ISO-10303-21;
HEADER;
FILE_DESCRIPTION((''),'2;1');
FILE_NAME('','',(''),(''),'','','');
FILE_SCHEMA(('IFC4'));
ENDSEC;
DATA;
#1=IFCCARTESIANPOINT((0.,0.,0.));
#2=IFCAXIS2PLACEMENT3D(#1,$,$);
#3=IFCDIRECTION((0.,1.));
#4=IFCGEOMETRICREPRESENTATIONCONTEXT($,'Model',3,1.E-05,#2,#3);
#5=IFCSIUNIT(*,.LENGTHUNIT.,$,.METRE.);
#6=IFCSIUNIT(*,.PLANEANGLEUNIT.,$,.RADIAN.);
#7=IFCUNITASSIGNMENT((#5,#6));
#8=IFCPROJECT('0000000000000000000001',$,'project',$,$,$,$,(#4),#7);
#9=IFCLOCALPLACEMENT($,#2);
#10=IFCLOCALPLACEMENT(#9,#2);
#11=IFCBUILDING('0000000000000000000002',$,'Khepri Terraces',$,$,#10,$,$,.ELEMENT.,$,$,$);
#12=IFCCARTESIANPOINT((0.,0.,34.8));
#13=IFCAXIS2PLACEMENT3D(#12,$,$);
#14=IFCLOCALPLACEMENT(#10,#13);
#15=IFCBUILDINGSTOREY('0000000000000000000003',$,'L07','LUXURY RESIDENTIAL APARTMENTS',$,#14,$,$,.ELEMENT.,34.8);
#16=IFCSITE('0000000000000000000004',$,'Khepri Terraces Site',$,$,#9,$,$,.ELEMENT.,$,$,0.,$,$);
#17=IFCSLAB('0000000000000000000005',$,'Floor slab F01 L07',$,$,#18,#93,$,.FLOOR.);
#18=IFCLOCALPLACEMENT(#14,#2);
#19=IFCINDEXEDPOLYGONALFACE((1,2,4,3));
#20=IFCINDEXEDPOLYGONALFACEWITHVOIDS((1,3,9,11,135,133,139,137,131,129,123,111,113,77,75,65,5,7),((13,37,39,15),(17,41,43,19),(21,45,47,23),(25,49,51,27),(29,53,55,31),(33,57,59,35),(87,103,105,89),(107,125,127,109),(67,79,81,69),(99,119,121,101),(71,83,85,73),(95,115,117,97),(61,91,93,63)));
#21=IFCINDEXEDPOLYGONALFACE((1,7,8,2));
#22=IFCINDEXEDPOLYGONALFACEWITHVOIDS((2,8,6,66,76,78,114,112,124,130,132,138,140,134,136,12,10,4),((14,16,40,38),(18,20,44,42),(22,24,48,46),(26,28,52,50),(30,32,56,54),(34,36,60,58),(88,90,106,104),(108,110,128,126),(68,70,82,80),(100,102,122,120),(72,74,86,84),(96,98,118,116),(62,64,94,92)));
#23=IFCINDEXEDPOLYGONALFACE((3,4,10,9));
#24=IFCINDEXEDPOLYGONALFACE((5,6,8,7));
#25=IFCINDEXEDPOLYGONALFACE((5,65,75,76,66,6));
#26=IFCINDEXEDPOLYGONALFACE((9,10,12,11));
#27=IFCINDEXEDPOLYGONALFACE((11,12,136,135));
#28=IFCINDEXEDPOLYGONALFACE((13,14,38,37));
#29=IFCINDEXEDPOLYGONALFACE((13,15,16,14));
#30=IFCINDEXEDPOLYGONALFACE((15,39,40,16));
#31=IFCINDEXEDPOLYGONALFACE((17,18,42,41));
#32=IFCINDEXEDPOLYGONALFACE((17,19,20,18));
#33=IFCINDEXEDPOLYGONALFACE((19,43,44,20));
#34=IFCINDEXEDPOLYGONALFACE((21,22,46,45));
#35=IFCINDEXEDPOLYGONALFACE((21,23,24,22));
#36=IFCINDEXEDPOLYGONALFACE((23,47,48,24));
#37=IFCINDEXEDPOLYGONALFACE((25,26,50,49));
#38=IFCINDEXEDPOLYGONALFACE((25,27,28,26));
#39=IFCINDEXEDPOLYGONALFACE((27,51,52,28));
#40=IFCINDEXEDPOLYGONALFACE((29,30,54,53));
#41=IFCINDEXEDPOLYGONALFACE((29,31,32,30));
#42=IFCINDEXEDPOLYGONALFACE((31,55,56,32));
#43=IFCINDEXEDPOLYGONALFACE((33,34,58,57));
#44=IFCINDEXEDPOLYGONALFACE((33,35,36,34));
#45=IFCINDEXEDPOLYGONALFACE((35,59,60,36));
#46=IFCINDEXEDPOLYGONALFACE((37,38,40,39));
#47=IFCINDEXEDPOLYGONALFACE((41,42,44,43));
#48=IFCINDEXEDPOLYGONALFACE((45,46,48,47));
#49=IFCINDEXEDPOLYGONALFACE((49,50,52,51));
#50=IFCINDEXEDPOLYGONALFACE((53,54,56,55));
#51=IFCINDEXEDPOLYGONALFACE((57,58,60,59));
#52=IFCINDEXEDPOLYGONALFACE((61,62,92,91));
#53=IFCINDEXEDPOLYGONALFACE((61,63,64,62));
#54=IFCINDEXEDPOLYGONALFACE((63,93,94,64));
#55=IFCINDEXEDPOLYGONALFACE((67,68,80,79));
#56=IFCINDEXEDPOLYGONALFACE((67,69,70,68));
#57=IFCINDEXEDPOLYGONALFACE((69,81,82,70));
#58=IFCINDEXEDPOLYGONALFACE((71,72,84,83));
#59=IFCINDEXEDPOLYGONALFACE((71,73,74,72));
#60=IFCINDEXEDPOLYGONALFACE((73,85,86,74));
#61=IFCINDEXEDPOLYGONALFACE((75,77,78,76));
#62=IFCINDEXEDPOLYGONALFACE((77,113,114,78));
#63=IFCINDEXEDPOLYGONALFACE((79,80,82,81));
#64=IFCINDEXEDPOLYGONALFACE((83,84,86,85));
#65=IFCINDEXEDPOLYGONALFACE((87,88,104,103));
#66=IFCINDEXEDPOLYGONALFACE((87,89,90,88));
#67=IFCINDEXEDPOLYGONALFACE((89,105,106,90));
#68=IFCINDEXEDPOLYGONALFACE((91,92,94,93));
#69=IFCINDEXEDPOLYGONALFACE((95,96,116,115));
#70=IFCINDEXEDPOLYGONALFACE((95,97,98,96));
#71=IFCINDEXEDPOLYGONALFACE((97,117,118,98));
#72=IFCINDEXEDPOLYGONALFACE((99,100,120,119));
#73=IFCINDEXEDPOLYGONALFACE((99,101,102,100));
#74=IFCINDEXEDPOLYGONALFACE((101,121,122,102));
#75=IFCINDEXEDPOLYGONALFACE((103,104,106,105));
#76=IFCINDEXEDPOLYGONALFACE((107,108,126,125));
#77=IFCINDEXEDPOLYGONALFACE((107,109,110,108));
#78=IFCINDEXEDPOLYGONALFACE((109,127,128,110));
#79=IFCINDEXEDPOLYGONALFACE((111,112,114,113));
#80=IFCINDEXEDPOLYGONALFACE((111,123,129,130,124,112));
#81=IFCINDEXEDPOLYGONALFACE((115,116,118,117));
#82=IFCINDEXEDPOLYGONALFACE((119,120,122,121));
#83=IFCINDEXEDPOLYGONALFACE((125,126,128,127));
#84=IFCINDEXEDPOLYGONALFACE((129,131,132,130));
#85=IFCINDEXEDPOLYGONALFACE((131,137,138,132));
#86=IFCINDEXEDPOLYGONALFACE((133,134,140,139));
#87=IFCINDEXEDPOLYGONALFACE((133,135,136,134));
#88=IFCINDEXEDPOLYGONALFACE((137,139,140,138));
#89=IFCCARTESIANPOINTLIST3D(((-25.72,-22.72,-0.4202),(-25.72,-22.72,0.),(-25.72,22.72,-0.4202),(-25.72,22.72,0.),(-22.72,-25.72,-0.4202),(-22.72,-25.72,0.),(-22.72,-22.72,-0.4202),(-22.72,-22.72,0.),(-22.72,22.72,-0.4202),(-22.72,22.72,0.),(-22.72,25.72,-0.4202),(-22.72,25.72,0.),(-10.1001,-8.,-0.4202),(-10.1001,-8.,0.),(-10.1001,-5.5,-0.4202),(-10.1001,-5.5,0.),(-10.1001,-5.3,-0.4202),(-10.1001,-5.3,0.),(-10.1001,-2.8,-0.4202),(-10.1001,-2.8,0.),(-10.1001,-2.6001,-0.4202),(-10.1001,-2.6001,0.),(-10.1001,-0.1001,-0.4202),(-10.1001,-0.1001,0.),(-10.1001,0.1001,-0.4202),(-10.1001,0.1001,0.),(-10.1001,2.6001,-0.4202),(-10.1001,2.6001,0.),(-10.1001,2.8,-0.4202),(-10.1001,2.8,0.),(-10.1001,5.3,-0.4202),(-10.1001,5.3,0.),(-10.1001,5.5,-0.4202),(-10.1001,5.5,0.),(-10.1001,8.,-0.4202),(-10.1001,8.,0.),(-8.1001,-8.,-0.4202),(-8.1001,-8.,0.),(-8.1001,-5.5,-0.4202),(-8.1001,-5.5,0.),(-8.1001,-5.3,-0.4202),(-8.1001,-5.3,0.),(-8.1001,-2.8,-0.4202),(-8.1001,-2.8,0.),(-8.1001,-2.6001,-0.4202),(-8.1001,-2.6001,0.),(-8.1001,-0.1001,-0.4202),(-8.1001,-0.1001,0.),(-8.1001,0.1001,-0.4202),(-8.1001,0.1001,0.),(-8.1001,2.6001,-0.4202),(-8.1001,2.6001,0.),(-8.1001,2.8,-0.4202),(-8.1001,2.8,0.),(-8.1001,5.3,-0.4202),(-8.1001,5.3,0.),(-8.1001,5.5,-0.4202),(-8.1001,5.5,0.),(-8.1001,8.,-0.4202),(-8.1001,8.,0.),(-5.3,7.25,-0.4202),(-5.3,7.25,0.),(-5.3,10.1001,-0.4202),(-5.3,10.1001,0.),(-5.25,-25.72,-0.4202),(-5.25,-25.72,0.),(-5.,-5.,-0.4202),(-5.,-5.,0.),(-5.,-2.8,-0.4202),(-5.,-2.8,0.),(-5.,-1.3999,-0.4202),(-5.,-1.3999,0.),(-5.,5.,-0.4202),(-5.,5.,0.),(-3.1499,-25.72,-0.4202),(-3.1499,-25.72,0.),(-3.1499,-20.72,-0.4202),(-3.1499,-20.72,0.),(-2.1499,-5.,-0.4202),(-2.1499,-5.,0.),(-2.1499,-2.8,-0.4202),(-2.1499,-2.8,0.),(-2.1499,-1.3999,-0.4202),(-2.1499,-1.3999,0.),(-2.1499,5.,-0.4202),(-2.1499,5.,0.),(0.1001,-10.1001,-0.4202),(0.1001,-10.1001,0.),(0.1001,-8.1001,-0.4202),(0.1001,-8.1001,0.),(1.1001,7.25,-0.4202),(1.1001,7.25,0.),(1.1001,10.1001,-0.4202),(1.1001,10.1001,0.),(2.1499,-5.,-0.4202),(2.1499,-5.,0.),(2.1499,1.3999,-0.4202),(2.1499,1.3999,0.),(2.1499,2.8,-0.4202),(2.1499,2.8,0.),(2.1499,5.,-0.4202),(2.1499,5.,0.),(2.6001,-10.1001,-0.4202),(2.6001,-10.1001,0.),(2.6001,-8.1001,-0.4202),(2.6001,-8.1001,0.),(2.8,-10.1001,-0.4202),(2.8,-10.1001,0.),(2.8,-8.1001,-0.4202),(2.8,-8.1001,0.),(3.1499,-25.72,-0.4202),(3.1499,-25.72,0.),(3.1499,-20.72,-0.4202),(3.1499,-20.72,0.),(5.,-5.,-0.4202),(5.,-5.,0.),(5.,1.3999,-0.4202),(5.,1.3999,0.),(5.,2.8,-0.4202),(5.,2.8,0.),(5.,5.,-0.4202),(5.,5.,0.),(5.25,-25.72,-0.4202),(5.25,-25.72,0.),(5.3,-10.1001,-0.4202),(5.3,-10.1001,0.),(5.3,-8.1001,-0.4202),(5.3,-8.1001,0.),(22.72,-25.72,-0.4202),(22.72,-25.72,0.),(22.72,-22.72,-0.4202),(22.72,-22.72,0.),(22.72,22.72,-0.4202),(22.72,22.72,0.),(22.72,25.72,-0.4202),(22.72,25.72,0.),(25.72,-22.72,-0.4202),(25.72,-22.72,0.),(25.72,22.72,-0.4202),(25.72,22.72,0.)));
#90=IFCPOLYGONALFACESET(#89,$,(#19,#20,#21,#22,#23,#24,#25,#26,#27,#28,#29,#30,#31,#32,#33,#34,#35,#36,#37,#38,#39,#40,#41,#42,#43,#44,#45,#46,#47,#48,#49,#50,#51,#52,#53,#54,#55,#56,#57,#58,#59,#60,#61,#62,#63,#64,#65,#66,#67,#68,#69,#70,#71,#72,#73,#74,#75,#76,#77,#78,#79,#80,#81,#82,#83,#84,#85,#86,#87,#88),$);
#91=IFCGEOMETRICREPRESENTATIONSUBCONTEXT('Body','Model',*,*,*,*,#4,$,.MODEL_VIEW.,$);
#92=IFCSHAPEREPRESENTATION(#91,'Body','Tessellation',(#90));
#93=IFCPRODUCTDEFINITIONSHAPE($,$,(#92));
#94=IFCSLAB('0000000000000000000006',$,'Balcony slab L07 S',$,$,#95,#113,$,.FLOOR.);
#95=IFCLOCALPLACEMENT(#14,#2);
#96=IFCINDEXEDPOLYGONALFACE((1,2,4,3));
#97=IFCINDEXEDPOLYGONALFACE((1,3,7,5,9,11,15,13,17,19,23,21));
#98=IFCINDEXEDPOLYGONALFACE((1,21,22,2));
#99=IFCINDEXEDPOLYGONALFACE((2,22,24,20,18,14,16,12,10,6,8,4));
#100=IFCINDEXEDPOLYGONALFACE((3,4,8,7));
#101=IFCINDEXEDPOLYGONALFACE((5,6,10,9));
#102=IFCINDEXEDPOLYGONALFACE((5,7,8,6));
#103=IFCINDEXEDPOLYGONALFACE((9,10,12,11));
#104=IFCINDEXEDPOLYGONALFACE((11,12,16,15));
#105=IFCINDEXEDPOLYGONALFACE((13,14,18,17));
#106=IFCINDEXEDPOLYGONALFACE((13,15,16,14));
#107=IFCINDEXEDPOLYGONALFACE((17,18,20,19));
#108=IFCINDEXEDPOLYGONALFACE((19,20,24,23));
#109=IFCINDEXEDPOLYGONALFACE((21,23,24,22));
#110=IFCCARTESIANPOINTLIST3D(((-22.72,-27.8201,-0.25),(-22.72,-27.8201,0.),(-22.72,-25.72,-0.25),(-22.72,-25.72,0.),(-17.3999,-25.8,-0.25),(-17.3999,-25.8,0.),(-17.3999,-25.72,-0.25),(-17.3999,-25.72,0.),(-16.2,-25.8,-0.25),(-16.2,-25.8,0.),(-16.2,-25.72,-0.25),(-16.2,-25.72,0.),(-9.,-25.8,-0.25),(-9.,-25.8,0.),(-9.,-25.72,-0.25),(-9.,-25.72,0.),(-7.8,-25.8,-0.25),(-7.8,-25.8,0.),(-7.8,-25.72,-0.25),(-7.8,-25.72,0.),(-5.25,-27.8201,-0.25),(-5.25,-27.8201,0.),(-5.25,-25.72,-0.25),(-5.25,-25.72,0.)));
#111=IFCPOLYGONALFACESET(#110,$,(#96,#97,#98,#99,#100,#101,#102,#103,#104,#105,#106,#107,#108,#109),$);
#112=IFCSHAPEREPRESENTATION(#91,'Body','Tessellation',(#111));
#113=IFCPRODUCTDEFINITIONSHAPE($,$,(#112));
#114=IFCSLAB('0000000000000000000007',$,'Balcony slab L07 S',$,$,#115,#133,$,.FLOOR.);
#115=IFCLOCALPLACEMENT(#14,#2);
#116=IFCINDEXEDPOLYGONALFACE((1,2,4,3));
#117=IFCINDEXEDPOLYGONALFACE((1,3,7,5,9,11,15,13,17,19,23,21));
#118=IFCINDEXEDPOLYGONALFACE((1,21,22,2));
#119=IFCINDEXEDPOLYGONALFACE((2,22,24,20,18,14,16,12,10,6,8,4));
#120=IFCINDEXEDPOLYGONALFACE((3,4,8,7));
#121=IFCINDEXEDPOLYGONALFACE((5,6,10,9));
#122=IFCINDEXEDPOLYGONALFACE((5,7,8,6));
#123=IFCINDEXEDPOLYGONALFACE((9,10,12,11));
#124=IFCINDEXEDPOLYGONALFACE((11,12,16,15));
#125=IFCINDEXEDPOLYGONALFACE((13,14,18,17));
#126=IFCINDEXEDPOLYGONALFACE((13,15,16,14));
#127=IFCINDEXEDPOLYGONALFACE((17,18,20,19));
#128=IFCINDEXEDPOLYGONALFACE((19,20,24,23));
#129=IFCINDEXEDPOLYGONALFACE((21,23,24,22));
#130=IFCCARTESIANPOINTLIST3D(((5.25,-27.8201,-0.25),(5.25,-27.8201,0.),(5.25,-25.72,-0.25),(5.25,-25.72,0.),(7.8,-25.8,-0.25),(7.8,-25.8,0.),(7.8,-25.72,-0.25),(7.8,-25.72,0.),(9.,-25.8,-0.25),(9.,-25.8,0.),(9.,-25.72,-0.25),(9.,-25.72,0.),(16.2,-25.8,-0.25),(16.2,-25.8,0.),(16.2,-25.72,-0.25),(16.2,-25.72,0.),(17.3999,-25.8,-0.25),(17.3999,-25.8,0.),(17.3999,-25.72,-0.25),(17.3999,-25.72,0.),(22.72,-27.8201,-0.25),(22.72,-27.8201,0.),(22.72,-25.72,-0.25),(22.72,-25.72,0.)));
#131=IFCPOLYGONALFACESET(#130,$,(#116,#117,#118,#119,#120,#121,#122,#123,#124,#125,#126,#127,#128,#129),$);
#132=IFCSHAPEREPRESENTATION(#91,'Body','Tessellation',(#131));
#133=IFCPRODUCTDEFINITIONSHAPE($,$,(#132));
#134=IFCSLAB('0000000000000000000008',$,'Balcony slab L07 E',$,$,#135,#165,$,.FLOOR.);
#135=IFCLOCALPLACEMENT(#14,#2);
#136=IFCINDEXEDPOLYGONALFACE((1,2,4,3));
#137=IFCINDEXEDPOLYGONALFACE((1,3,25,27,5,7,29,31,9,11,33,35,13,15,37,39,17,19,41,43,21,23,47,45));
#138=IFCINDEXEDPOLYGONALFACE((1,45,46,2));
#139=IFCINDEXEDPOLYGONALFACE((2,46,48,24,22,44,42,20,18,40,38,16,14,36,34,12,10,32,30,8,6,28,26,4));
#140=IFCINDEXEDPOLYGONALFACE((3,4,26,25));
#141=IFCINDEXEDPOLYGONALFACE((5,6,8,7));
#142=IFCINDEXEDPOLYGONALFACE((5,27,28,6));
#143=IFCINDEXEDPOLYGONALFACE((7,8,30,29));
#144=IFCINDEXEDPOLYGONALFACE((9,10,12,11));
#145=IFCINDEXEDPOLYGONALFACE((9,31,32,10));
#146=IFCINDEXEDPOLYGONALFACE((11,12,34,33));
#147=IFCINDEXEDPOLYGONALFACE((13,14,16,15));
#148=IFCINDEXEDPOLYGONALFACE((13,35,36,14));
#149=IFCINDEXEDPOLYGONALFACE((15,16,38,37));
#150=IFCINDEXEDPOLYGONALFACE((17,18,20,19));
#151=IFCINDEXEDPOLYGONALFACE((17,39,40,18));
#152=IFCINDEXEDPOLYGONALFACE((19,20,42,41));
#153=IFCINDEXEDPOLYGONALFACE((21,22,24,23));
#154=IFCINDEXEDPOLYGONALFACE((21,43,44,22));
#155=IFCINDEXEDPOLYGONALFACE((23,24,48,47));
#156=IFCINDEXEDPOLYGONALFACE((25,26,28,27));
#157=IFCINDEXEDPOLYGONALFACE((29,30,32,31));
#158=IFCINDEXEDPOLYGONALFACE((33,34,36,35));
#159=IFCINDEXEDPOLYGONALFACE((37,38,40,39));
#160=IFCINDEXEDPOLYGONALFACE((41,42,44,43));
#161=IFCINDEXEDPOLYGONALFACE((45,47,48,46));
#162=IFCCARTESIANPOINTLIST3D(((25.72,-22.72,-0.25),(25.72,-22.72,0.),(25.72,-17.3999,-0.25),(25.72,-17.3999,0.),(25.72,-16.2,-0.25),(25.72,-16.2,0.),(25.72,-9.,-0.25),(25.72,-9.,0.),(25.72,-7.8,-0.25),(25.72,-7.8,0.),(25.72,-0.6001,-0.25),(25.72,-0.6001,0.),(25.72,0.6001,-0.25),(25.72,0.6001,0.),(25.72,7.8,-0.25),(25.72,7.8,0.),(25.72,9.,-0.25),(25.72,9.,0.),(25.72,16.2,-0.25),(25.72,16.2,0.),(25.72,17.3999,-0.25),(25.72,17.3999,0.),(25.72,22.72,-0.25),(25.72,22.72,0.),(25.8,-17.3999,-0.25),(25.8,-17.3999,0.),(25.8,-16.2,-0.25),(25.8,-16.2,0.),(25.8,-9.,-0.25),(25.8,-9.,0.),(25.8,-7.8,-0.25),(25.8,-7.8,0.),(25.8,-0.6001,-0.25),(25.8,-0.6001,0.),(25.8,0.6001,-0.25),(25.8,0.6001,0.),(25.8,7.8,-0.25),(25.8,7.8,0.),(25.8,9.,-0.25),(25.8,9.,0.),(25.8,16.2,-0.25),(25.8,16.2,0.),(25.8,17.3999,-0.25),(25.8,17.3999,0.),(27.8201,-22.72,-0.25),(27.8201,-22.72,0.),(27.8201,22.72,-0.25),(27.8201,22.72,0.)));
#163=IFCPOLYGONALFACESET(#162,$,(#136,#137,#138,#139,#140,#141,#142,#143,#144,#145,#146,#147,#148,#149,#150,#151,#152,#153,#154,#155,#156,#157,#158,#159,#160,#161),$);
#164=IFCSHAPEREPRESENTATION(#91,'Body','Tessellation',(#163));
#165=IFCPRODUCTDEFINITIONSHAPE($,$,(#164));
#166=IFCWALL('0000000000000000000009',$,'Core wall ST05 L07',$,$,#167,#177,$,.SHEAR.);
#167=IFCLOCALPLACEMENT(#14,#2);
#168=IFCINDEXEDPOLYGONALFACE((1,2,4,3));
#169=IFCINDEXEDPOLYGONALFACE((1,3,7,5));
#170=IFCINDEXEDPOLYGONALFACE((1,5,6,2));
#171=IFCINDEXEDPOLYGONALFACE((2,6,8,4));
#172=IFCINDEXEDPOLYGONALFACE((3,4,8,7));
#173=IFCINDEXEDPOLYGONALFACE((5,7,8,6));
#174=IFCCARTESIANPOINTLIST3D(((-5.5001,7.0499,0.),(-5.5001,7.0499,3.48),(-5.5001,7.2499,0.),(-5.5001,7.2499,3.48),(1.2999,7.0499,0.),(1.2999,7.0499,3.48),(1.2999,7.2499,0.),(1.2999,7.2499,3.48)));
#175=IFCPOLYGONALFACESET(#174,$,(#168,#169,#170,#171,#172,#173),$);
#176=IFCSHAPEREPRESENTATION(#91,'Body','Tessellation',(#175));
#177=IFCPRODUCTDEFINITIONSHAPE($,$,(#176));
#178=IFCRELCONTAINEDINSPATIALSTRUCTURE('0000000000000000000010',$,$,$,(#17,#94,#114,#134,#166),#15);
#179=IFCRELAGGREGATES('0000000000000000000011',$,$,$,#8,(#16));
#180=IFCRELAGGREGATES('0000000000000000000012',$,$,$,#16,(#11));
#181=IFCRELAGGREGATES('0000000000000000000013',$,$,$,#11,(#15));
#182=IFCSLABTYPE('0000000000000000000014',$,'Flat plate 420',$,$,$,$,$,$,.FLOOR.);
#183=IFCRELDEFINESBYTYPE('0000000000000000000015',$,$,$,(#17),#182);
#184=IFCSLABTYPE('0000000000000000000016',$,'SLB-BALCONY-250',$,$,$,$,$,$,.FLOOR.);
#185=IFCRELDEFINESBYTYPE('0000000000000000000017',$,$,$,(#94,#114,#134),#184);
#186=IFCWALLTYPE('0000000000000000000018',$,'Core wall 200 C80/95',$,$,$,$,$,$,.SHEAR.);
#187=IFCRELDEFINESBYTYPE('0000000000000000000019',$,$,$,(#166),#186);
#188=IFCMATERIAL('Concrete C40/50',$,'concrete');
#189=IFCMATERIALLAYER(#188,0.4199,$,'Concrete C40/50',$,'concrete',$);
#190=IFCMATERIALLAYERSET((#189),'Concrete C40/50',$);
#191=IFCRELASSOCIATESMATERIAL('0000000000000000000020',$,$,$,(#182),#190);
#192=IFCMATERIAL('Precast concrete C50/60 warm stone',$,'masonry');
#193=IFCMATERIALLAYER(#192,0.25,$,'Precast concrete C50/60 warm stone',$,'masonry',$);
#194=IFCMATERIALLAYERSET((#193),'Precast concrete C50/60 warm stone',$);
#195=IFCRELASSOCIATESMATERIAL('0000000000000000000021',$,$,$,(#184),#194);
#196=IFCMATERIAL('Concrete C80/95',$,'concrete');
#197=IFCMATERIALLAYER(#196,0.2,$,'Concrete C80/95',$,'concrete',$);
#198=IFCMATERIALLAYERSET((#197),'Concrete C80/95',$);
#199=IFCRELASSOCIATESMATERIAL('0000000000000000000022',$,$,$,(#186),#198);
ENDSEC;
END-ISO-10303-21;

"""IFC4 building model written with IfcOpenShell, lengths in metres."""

from ifc_helpers import new_model, si_unit, direction, frame, frame_2d, origin, place, context, subcontext, project, spatial, polyline, rectangle, outline, extrude, material, layer, layer_set, type_object, element, save


model = new_model("IFC4")

# Units and contexts
model_context = context("Model", 3, precision=1e-05, world=origin(), true_north=direction((0.0, 1.0)))
body_context = subcontext(model_context, "Body", "Model", "MODEL_VIEW")
ifc_project = project(units=[si_unit("LENGTHUNIT", "METRE"), si_unit("PLANEANGLEUNIT", "RADIAN")], contexts=[model_context])

# Site, building, storey
site_placement = place(None, origin())
site = spatial("IfcSite", under=ifc_project, at=site_placement, Name="Khepri Terraces Site", CompositionType="ELEMENT", RefElevation=0.0)
building_placement = place(site_placement, origin())
building = spatial("IfcBuilding", under=site, at=building_placement, Name="Khepri Terraces", CompositionType="ELEMENT")
storey_placement = place(building_placement, frame((0.0, 0.0, 34.8)))
storey = spatial("IfcBuildingStorey", under=building, at=storey_placement, Name="L07", Description="LUXURY RESIDENTIAL APARTMENTS", CompositionType="ELEMENT", Elevation=34.8)

# Slabs
ifc_material_1 = material(Name="Concrete C40/50", Category="concrete")
ifc_layer_1 = layer(ifc_material_1, 0.4199, Name="Concrete C40/50", Category="concrete")
ifc_layer_set_1 = layer_set([ifc_layer_1], Name="Concrete C40/50")
slab_type_1 = type_object("IfcSlabType", Name="Flat plate 420", PredefinedType="FLOOR", material=ifc_layer_set_1)
slab_1_placement = place(storey_placement, frame((0.0, 0.0, -0.4202)))
element("IfcSlab", 1, at=slab_1_placement, inside=storey, type_object=slab_type_1, Name="Floor slab F01 L07", PredefinedType="FLOOR", context=body_context, shape_type="SweptSolid", body=[
    extrude(outline(polyline([(22.72, -25.72), (5.25, -25.72), (3.1499, -25.72), (3.1499, -20.72), (-3.1499, -20.72), (-3.1499, -25.72), (-5.25, -25.72), (-22.72, -25.72), (-22.72, -22.72), (-25.72, -22.72), (-25.72, 22.72), (-22.72, 22.72), (-22.72, 25.72), (22.72, 25.72), (22.72, 22.72), (25.72, 22.72), (25.72, -22.72), (22.72, -22.72), (22.72, -25.72)]), holes=[polyline([(5.0, 5.0), (2.1499, 5.0), (2.1499, 2.8), (5.0, 2.8), (5.0, 5.0)]), polyline([(-2.1499, -5.0), (-2.1499, -2.8), (-5.0, -2.8), (-5.0, -5.0), (-2.1499, -5.0)]), polyline([(-10.1001, -8.0), (-8.1001, -8.0), (-8.1001, -5.5), (-10.1001, -5.5), (-10.1001, -8.0)]), polyline([(-10.1001, -2.8), (-10.1001, -5.3), (-8.1001, -5.3), (-8.1001, -2.8), (-10.1001, -2.8)]), polyline([(-8.1001, -0.1001), (-10.1001, -0.1001), (-10.1001, -2.6001), (-8.1001, -2.6001), (-8.1001, -0.1001)]), polyline([(-8.1001, 0.1001), (-8.1001, 2.6001), (-10.1001, 2.6001), (-10.1001, 0.1001), (-8.1001, 0.1001)]), polyline([(-10.1001, 2.8), (-8.1001, 2.8), (-8.1001, 5.3), (-10.1001, 5.3), (-10.1001, 2.8)]), polyline([(-10.1001, 8.0), (-10.1001, 5.5), (-8.1001, 5.5), (-8.1001, 8.0), (-10.1001, 8.0)]), polyline([(2.6001, -8.1001), (0.1001, -8.1001), (0.1001, -10.1001), (2.6001, -10.1001), (2.6001, -8.1001)]), polyline([(5.3, -10.1001), (5.3, -8.1001), (2.8, -8.1001), (2.8, -10.1001), (5.3, -10.1001)]), polyline([(-5.0, -1.3999), (-2.1499, -1.3999), (-2.1499, 5.0), (-5.0, 5.0), (-5.0, -1.3999)]), polyline([(5.0, -5.0), (5.0, 1.3999), (2.1499, 1.3999), (2.1499, -5.0), (5.0, -5.0)]), polyline([(-5.3, 10.1001), (-5.3, 7.25), (1.1001, 7.25), (1.1001, 10.1001), (-5.3, 10.1001)])]), origin(), (0.0, 0.0, 1.0), 0.4202),
])
ifc_material_2 = material(Name="Precast concrete C50/60 warm stone", Category="masonry")
ifc_layer_2 = layer(ifc_material_2, 0.25, Name="Precast concrete C50/60 warm stone", Category="masonry")
ifc_layer_set_2 = layer_set([ifc_layer_2], Name="Precast concrete C50/60 warm stone")
slab_type_2 = type_object("IfcSlabType", Name="SLB-BALCONY-250", PredefinedType="FLOOR", material=ifc_layer_set_2)
slab_2_placement = place(storey_placement, frame((0.0, 0.0, -0.25)))
element("IfcSlab", 2, at=slab_2_placement, inside=storey, type_object=slab_type_2, Name="Balcony slab L07 S", PredefinedType="FLOOR", context=body_context, shape_type="SweptSolid", body=[
    extrude(outline(polyline([(-17.3999, -25.72), (-22.72, -25.72), (-22.72, -27.8201), (-5.25, -27.8201), (-5.25, -25.72), (-7.8, -25.72), (-7.8, -25.8), (-9.0, -25.8), (-9.0, -25.72), (-16.2, -25.72), (-16.2, -25.8), (-17.3999, -25.8), (-17.3999, -25.72)])), origin(), (0.0, 0.0, 1.0), 0.25),
])
slab_3_placement = place(storey_placement, frame((0.0, 0.0, -0.25)))
element("IfcSlab", 3, at=slab_3_placement, inside=storey, type_object=slab_type_2, Name="Balcony slab L07 S", PredefinedType="FLOOR", context=body_context, shape_type="SweptSolid", body=[
    extrude(outline(polyline([(7.8, -25.72), (5.25, -25.72), (5.25, -27.8201), (22.72, -27.8201), (22.72, -25.72), (17.3999, -25.72), (17.3999, -25.8), (16.2, -25.8), (16.2, -25.72), (9.0, -25.72), (9.0, -25.8), (7.8, -25.8), (7.8, -25.72)])), origin(), (0.0, 0.0, 1.0), 0.25),
])
slab_4_placement = place(storey_placement, frame((0.0, 0.0, -0.25)))
element("IfcSlab", 4, at=slab_4_placement, inside=storey, type_object=slab_type_2, Name="Balcony slab L07 E", PredefinedType="FLOOR", context=body_context, shape_type="SweptSolid", body=[
    extrude(outline(polyline([(25.72, -17.3999), (25.72, -22.72), (27.8201, -22.72), (27.8201, 22.72), (25.72, 22.72), (25.72, 17.3999), (25.8, 17.3999), (25.8, 16.2), (25.72, 16.2), (25.72, 9.0), (25.8, 9.0), (25.8, 7.8), (25.72, 7.8), (25.72, 0.6001), (25.8, 0.6001), (25.8, -0.6001), (25.72, -0.6001), (25.72, -7.8), (25.8, -7.8), (25.8, -9.0), (25.72, -9.0), (25.72, -16.2), (25.8, -16.2), (25.8, -17.3999), (25.72, -17.3999)])), origin(), (0.0, 0.0, 1.0), 0.25),
])

# Wall
ifc_material_3 = material(Name="Concrete C80/95", Category="concrete")
ifc_layer_3 = layer(ifc_material_3, 0.2, Name="Concrete C80/95", Category="concrete")
ifc_layer_set_3 = layer_set([ifc_layer_3], Name="Concrete C80/95")
wall_type_1 = type_object("IfcWallType", Name="Core wall 200 C80/95", PredefinedType="SHEAR", material=ifc_layer_set_3)
wall_1_placement = place(storey_placement, frame((-5.5, 7.1499, 0.0), z_axis=(0.0, 0.0, 1.0), x_axis=(1.0, 0.0, 0.0)))
element("IfcWall", 5, at=wall_1_placement, inside=storey, type_object=wall_type_1, Name="Core wall ST05 L07", PredefinedType="SHEAR", context=body_context, shape_type="SweptSolid", body=[
    extrude(rectangle(XDim=6.8, YDim=0.2, at=frame_2d((3.3999, 0.0))), origin(), (0.0, 0.0, 1.0), 3.48),
])

save(model, "model.ifc")
